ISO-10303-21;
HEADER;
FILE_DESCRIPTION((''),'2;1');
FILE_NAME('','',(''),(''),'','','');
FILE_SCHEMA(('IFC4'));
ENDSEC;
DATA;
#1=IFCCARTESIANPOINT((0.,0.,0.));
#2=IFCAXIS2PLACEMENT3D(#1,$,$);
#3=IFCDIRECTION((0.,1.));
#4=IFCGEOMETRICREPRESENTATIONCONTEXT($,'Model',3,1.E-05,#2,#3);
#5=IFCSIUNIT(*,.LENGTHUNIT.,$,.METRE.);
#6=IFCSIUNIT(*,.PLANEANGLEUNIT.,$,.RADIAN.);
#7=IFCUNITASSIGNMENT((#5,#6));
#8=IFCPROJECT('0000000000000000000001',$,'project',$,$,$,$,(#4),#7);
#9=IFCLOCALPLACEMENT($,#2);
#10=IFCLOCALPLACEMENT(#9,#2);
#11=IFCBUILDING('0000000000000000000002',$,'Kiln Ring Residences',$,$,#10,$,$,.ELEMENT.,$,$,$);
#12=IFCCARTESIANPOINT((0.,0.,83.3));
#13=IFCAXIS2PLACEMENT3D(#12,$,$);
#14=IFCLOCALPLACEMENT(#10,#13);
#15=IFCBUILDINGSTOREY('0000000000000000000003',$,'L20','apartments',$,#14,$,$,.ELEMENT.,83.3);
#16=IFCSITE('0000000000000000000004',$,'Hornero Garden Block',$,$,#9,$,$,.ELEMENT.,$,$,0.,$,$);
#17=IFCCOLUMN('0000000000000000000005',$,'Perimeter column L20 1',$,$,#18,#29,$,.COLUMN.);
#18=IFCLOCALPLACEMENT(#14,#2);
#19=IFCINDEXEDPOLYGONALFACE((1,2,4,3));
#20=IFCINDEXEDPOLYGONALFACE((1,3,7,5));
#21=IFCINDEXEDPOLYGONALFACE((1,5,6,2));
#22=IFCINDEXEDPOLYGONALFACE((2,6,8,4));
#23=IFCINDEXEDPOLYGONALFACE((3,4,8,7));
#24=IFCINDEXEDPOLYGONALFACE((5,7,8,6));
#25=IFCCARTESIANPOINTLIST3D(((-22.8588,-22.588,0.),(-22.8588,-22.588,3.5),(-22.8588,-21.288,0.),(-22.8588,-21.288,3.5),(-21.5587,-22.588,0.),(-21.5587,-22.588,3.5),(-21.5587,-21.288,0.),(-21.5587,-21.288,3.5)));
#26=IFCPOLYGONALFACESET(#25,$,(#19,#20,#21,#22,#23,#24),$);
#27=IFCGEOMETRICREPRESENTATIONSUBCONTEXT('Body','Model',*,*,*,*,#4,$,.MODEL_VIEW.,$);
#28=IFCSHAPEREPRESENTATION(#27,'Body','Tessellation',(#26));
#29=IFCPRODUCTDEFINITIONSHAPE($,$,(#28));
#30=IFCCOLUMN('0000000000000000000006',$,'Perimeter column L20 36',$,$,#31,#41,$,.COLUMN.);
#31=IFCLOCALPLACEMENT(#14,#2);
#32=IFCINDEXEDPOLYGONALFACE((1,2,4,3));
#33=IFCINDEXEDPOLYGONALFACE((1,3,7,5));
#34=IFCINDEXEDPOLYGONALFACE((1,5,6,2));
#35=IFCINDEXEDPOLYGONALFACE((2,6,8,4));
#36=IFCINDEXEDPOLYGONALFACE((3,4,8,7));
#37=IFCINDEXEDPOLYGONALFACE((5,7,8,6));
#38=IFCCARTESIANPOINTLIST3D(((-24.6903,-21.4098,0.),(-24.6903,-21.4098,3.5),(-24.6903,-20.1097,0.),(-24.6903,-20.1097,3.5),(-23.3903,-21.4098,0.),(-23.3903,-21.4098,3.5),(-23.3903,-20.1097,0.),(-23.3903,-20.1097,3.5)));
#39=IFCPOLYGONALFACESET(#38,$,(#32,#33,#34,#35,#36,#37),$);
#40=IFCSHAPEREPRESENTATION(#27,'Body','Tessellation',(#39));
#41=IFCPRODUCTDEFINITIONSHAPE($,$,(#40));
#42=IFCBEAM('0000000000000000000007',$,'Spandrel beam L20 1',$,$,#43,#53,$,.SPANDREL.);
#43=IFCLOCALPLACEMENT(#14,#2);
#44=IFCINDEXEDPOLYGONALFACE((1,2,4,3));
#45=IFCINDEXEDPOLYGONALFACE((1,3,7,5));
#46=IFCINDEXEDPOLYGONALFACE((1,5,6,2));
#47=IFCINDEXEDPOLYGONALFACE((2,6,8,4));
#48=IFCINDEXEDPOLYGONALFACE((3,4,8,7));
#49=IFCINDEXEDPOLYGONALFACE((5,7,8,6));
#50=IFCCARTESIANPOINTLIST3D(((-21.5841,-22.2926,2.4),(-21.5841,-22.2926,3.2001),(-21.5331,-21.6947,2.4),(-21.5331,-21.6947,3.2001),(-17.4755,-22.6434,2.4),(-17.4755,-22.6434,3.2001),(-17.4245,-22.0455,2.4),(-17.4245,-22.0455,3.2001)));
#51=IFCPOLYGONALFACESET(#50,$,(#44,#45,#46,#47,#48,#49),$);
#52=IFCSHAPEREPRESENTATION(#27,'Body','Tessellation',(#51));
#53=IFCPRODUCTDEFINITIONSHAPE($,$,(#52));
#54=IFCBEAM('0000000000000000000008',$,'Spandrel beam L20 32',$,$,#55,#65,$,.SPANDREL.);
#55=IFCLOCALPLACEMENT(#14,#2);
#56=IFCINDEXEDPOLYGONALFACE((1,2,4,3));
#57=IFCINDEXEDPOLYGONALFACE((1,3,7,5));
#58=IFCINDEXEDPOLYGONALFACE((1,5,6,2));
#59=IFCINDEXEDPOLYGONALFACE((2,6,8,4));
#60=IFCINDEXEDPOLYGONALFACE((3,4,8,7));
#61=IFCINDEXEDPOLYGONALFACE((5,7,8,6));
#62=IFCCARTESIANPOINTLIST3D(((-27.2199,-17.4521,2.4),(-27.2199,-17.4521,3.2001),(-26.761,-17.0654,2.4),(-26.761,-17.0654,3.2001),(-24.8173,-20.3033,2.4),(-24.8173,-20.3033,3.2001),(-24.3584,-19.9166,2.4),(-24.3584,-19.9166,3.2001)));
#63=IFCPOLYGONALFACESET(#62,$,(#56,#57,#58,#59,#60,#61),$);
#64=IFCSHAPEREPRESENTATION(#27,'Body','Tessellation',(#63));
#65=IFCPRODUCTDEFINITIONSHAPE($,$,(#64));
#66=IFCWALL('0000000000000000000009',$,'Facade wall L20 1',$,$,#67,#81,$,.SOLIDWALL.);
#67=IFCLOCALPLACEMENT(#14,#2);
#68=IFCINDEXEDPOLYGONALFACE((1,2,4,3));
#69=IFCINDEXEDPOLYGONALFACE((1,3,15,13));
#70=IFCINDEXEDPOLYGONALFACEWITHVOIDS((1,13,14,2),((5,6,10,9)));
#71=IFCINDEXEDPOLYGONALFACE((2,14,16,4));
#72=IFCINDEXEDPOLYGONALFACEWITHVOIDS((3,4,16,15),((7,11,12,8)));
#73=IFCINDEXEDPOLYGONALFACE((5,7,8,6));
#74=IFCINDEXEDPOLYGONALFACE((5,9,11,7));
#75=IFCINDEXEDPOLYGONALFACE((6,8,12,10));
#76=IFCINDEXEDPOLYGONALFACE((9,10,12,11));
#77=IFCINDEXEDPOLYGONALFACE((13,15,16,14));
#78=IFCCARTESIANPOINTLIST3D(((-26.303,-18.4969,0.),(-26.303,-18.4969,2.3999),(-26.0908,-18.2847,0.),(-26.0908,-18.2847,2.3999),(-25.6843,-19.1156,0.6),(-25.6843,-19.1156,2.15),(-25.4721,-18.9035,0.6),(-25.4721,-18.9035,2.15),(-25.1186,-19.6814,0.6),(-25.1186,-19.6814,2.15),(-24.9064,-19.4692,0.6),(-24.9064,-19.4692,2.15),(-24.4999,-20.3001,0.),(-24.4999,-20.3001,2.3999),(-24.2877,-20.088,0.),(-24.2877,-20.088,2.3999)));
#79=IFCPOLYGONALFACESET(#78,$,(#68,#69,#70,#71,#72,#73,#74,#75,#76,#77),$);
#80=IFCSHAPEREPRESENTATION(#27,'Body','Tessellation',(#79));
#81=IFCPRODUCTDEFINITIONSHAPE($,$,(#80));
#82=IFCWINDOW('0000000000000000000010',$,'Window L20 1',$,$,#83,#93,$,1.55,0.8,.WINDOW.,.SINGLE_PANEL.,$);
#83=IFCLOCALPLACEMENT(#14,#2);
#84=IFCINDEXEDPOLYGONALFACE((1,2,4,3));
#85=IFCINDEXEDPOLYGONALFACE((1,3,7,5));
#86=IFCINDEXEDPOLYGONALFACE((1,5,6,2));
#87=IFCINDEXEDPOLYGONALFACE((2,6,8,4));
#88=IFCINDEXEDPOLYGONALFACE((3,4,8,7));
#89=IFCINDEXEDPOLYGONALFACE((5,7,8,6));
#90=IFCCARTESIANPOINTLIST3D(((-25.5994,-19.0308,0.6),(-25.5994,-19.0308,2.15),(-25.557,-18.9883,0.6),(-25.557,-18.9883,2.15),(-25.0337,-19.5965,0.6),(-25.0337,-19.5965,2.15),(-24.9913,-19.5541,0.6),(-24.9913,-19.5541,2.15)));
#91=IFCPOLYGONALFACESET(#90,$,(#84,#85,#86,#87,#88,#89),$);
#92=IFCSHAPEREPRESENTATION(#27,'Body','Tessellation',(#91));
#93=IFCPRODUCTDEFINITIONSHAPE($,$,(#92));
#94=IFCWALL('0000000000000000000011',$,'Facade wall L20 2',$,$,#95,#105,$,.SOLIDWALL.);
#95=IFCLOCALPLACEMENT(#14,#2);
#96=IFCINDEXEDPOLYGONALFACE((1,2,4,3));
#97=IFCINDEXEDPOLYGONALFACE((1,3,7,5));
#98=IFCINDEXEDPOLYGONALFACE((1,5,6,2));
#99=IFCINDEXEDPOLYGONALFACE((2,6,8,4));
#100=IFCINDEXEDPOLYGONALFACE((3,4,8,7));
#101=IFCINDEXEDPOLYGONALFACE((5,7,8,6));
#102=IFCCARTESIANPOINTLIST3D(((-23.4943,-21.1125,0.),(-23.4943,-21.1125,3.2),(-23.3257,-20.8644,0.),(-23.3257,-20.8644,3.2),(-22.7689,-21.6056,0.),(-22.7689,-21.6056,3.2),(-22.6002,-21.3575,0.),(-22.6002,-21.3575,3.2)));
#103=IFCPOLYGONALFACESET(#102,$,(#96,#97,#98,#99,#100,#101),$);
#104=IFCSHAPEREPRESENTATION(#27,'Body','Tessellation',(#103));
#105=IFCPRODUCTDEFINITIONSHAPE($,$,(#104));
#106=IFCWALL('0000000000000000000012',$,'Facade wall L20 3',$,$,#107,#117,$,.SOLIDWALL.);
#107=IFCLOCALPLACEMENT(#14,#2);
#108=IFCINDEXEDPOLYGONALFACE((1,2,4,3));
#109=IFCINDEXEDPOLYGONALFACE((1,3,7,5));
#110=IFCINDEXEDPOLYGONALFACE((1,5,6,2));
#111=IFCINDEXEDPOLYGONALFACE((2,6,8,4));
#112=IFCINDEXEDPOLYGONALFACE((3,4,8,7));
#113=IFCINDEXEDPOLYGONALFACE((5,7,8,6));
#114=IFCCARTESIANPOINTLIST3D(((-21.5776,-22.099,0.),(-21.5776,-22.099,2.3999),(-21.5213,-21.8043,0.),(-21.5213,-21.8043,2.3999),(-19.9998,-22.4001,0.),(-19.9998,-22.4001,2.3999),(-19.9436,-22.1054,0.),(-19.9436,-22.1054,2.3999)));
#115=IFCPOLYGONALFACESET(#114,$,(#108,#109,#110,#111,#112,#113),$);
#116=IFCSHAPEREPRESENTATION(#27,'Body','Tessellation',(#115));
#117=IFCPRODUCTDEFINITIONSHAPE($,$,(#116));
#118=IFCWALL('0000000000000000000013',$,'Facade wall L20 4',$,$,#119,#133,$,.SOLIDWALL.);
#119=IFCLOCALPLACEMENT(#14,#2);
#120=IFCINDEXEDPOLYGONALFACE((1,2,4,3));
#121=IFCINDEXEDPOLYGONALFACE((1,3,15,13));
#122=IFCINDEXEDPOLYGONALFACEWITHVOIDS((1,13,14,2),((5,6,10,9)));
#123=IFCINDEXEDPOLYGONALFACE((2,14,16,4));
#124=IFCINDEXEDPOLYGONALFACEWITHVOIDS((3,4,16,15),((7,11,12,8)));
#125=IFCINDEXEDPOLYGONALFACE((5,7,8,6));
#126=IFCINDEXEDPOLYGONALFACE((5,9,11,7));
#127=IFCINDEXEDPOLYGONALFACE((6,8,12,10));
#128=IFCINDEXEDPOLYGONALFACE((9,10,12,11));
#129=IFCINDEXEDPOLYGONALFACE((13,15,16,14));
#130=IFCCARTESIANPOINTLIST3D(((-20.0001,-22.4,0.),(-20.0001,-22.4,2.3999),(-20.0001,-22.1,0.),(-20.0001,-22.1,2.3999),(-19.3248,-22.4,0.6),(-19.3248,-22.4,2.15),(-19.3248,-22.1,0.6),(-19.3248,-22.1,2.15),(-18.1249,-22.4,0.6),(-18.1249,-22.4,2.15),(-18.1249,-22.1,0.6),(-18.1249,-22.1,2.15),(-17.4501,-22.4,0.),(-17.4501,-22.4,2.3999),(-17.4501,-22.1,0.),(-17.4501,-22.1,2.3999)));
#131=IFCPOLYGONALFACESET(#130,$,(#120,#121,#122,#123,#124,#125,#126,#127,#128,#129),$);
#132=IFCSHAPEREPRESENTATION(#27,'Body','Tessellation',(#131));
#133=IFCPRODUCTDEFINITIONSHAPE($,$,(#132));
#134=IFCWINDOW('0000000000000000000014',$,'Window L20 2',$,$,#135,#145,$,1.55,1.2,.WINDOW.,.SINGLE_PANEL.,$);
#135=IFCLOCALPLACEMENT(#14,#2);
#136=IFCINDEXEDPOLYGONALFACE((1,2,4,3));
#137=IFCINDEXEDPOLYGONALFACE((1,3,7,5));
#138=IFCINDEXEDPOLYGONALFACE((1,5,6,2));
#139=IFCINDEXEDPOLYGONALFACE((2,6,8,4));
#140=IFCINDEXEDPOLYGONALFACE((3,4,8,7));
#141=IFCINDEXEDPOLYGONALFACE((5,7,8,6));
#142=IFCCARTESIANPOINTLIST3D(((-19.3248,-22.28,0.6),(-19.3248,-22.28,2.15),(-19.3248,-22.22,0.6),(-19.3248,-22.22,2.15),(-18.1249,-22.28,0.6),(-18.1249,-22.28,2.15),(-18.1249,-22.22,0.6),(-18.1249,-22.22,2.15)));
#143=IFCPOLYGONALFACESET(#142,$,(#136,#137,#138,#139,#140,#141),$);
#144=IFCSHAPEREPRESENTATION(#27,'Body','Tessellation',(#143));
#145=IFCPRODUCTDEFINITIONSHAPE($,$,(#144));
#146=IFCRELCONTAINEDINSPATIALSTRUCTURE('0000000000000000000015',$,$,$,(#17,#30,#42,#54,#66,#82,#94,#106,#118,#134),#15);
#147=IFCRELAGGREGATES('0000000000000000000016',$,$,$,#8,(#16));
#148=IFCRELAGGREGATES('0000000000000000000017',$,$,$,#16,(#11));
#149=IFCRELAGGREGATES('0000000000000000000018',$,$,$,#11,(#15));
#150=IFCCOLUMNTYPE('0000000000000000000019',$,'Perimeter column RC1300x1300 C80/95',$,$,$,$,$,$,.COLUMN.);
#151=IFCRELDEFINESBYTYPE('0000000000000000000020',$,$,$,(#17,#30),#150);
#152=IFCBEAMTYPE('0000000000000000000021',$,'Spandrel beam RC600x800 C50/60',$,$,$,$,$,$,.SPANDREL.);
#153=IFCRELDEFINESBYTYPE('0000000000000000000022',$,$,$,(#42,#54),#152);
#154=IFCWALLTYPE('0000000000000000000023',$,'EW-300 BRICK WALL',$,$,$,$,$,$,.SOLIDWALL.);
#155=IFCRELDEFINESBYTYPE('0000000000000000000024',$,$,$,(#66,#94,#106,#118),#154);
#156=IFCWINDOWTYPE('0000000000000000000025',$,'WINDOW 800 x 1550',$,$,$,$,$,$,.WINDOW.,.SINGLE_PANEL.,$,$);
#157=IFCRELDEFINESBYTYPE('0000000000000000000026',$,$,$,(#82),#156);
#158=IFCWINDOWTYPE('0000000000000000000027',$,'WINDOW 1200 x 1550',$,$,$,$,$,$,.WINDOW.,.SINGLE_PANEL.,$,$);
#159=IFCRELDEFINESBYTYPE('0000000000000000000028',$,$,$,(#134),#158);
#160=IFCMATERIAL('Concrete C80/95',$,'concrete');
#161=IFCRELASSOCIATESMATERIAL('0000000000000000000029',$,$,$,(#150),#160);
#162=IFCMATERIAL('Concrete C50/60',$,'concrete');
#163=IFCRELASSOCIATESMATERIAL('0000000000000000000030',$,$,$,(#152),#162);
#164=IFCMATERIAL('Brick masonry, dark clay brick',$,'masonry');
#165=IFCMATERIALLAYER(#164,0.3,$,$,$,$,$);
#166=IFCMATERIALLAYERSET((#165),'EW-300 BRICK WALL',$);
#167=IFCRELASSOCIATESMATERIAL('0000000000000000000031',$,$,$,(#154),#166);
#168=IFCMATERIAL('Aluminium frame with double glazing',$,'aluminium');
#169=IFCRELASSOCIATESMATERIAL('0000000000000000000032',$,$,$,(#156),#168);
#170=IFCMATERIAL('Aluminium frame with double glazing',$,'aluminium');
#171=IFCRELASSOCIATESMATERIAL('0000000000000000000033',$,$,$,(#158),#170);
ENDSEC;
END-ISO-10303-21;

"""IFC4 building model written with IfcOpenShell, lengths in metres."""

from ifc_helpers import new_model, si_unit, direction, frame, frame_2d, origin, origin_2d, place, context, subcontext, project, spatial, rectangle, extrude, material, layer, layer_set, material_profile, profile_set, type_object, element, fill, save


model = new_model("IFC4")

# Units and contexts
model_context = context("Model", 3, precision=1e-05, world=origin(), true_north=direction((0.0, 1.0)))
body_context = subcontext(model_context, "Body", "Model", "MODEL_VIEW")
ifc_project = project(units=[si_unit("LENGTHUNIT", "METRE"), si_unit("PLANEANGLEUNIT", "RADIAN")], contexts=[model_context])

# Site, building, storey
site_placement = place(None, origin())
site = spatial("IfcSite", under=ifc_project, at=site_placement, Name="Hornero Garden Block", CompositionType="ELEMENT", RefElevation=0.0)
building_placement = place(site_placement, origin())
building = spatial("IfcBuilding", under=site, at=building_placement, Name="Kiln Ring Residences", CompositionType="ELEMENT")
storey_placement = place(building_placement, frame((0.0, 0.0, 83.3)))
storey = spatial("IfcBuildingStorey", under=building, at=storey_placement, Name="L20", Description="apartments", CompositionType="ELEMENT", Elevation=83.3)

# Columns
ifc_material_1 = material(Name="Concrete C80/95", Category="concrete")
ifc_material_profile_1 = material_profile(ifc_material_1, rectangle(XDim=1.3, YDim=1.3, at=origin_2d()), Name="RC1300x1300")
ifc_profile_set_1 = profile_set([ifc_material_profile_1], Name="Concrete C80/95")
column_type = type_object("IfcColumnType", Name="Perimeter column RC1300x1300 C80/95", PredefinedType="COLUMN", material=ifc_profile_set_1)
for number, where, z_axis, x_axis, name in (
    (1, (-22.2087, -21.938, 0.0), (0.0, 0.0, 1.0), (1.0, 0.0, 0.0), "Perimeter column L20 1"),
    (2, (-24.0403, -20.7598, 0.0), (0.0, 0.0, 1.0), (1.0, 0.0, 0.0), "Perimeter column L20 36"),
):
    element("IfcColumn", number, at=place(storey_placement, frame(where, z_axis=z_axis, x_axis=x_axis)), inside=storey, type_object=column_type, Name=name, PredefinedType="COLUMN", context=body_context, shape_type="SweptSolid", body=[
        extrude(rectangle(XDim=1.3, YDim=1.3, at=origin_2d()), origin(), (0.0, 0.0, 1.0), 3.5),
    ])

# Beams
ifc_material_2 = material(Name="Concrete C50/60", Category="concrete")
ifc_material_profile_2 = material_profile(ifc_material_2, rectangle(XDim=0.6001, YDim=0.8, at=origin_2d()), Name="RC600x800")
ifc_profile_set_2 = profile_set([ifc_material_profile_2], Name="Concrete C50/60")
beam_type = type_object("IfcBeamType", Name="Spandrel beam RC600x800 C50/60", PredefinedType="SPANDREL", material=ifc_profile_set_2)
beam_1_placement = place(storey_placement, frame((-21.5586, -21.9937, 2.8), z_axis=(0.996374, -0.085079, 0.0), x_axis=(0.085079, 0.996374, 0.0)))
element("IfcBeam", 3, at=beam_1_placement, inside=storey, type_object=beam_type, Name="Spandrel beam L20 1", PredefinedType="SPANDREL", context=body_context, shape_type="SweptSolid", body=[
    extrude(rectangle(XDim=0.6001, YDim=0.8, at=origin_2d()), origin(), (0.0, 0.0, 1.0), 4.1235),
])
beam_2_placement = place(storey_placement, frame((-26.9905, -17.2588, 2.8), z_axis=(0.6444, -0.764689, 0.0), x_axis=(0.764689, 0.6444, 0.0)))
element("IfcBeam", 4, at=beam_2_placement, inside=storey, type_object=beam_type, Name="Spandrel beam L20 32", PredefinedType="SPANDREL", context=body_context, shape_type="SweptSolid", body=[
    extrude(rectangle(XDim=0.6001, YDim=0.8, at=origin_2d()), origin(), (0.0, 0.0, 1.0), 3.7285),
])

# Wall, opening, window
ifc_material_3 = material(Name="Brick masonry, dark clay brick", Category="masonry")
ifc_layer_1 = layer(ifc_material_3, 0.3)
ifc_layer_set_1 = layer_set([ifc_layer_1], Name="EW-300 BRICK WALL")
wall_type_1 = type_object("IfcWallType", Name="EW-300 BRICK WALL", PredefinedType="SOLIDWALL", material=ifc_layer_set_1)
wall_1_placement = place(storey_placement, frame((-26.1968, -18.3909, 0.0), z_axis=(0.0, 0.0, 1.0), x_axis=(0.707059, -0.707155, 0.0)))
wall_1 = element("IfcWall", 5, at=wall_1_placement, inside=storey, type_object=wall_type_1, Name="Facade wall L20 1", PredefinedType="SOLIDWALL", context=body_context, shape_type="SweptSolid", body=[
    extrude(rectangle(XDim=2.55, YDim=0.3, at=frame_2d((1.2749, 0.0))), origin(), (0.0, 0.0, 1.0), 2.3999),
])
opening_1_placement = place(wall_1_placement, frame((0.875, 0.0, 0.6001)))
opening_1 = element("IfcOpeningElement", 6, at=opening_1_placement, cuts=wall_1, PredefinedType="OPENING", context=body_context, shape_type="SweptSolid", body=[
    extrude(rectangle(XDim=0.8, YDim=1.55, at=frame_2d((0.3999, 0.7749))), frame((0.0, 0.1599, 0.0), z_axis=(0.0, -1.0, 0.0), x_axis=(1.0, 0.0, 0.0)), (0.0, 0.0, 1.0), 0.3201),
])
ifc_material_4 = material(Name="Aluminium frame with double glazing", Category="aluminium")
window_type_1 = type_object("IfcWindowType", Name="WINDOW 800 x 1550", PartitioningType="SINGLE_PANEL", PredefinedType="WINDOW", material=ifc_material_4)
window_1_placement = place(opening_1_placement, origin())
window_1 = element("IfcWindow", 7, at=window_1_placement, inside=storey, type_object=window_type_1, Name="Window L20 1", OverallHeight=1.55, OverallWidth=0.8, PartitioningType="SINGLE_PANEL", PredefinedType="WINDOW", context=body_context, shape_type="SweptSolid", body=[
    extrude(rectangle(XDim=0.8, YDim=1.55, at=frame_2d((0.3999, 0.7749))), frame((0.0, 0.03, 0.0), z_axis=(0.0, -1.0, 0.0), x_axis=(1.0, 0.0, 0.0)), (0.0, 0.0, 1.0), 0.0601),
])
fill(opening_1, window_1)

# Walls
wall_2_placement = place(storey_placement, frame((-23.4099, -20.9885, 0.0), z_axis=(0.0, 0.0, 1.0), x_axis=(0.827051, -0.562127, 0.0)))
element("IfcWall", 8, at=wall_2_placement, inside=storey, type_object=wall_type_1, Name="Facade wall L20 2", PredefinedType="SOLIDWALL", context=body_context, shape_type="SweptSolid", body=[
    extrude(rectangle(XDim=0.8772, YDim=0.3, at=frame_2d((0.4385, 0.0))), origin(), (0.0, 0.0, 1.0), 3.2),
])
wall_3_placement = place(storey_placement, frame((-21.5496, -21.9517, 0.0), z_axis=(0.0, 0.0, 1.0), x_axis=(0.982279, -0.187426, 0.0)))
element("IfcWall", 9, at=wall_3_placement, inside=storey, type_object=wall_type_1, Name="Facade wall L20 3", PredefinedType="SOLIDWALL", context=body_context, shape_type="SweptSolid", body=[
    extrude(rectangle(XDim=1.6062, YDim=0.3, at=frame_2d((0.8032, 0.0))), origin(), (0.0, 0.0, 1.0), 2.3999),
])

# Wall, opening, window
wall_4_placement = place(storey_placement, frame((-20.0, -22.25, 0.0), z_axis=(0.0, 0.0, 1.0), x_axis=(1.0, 0.0, 0.0)))
wall_4 = element("IfcWall", 10, at=wall_4_placement, inside=storey, type_object=wall_type_1, Name="Facade wall L20 4", PredefinedType="SOLIDWALL", context=body_context, shape_type="SweptSolid", body=[
    extrude(rectangle(XDim=2.55, YDim=0.3, at=frame_2d((1.2749, 0.0))), origin(), (0.0, 0.0, 1.0), 2.3999),
])
opening_2_placement = place(wall_4_placement, frame((0.675, 0.0, 0.6001)))
opening_2 = element("IfcOpeningElement", 11, at=opening_2_placement, cuts=wall_4, PredefinedType="OPENING", context=body_context, shape_type="SweptSolid", body=[
    extrude(rectangle(XDim=1.2, YDim=1.55, at=frame_2d((0.6001, 0.7749))), frame((0.0, 0.1599, 0.0), z_axis=(0.0, -1.0, 0.0), x_axis=(1.0, 0.0, 0.0)), (0.0, 0.0, 1.0), 0.3201),
])
ifc_material_5 = material(Name="Aluminium frame with double glazing", Category="aluminium")
window_type_2 = type_object("IfcWindowType", Name="WINDOW 1200 x 1550", PartitioningType="SINGLE_PANEL", PredefinedType="WINDOW", material=ifc_material_5)
window_2_placement = place(opening_2_placement, origin())
window_2 = element("IfcWindow", 12, at=window_2_placement, inside=storey, type_object=window_type_2, Name="Window L20 2", OverallHeight=1.55, OverallWidth=1.2, PartitioningType="SINGLE_PANEL", PredefinedType="WINDOW", context=body_context, shape_type="SweptSolid", body=[
    extrude(rectangle(XDim=1.2, YDim=1.55, at=frame_2d((0.6001, 0.7749))), frame((0.0, 0.03, 0.0), z_axis=(0.0, -1.0, 0.0), x_axis=(1.0, 0.0, 0.0)), (0.0, 0.0, 1.0), 0.0601),
])
fill(opening_2, window_2)

save(model, "model.ifc")
